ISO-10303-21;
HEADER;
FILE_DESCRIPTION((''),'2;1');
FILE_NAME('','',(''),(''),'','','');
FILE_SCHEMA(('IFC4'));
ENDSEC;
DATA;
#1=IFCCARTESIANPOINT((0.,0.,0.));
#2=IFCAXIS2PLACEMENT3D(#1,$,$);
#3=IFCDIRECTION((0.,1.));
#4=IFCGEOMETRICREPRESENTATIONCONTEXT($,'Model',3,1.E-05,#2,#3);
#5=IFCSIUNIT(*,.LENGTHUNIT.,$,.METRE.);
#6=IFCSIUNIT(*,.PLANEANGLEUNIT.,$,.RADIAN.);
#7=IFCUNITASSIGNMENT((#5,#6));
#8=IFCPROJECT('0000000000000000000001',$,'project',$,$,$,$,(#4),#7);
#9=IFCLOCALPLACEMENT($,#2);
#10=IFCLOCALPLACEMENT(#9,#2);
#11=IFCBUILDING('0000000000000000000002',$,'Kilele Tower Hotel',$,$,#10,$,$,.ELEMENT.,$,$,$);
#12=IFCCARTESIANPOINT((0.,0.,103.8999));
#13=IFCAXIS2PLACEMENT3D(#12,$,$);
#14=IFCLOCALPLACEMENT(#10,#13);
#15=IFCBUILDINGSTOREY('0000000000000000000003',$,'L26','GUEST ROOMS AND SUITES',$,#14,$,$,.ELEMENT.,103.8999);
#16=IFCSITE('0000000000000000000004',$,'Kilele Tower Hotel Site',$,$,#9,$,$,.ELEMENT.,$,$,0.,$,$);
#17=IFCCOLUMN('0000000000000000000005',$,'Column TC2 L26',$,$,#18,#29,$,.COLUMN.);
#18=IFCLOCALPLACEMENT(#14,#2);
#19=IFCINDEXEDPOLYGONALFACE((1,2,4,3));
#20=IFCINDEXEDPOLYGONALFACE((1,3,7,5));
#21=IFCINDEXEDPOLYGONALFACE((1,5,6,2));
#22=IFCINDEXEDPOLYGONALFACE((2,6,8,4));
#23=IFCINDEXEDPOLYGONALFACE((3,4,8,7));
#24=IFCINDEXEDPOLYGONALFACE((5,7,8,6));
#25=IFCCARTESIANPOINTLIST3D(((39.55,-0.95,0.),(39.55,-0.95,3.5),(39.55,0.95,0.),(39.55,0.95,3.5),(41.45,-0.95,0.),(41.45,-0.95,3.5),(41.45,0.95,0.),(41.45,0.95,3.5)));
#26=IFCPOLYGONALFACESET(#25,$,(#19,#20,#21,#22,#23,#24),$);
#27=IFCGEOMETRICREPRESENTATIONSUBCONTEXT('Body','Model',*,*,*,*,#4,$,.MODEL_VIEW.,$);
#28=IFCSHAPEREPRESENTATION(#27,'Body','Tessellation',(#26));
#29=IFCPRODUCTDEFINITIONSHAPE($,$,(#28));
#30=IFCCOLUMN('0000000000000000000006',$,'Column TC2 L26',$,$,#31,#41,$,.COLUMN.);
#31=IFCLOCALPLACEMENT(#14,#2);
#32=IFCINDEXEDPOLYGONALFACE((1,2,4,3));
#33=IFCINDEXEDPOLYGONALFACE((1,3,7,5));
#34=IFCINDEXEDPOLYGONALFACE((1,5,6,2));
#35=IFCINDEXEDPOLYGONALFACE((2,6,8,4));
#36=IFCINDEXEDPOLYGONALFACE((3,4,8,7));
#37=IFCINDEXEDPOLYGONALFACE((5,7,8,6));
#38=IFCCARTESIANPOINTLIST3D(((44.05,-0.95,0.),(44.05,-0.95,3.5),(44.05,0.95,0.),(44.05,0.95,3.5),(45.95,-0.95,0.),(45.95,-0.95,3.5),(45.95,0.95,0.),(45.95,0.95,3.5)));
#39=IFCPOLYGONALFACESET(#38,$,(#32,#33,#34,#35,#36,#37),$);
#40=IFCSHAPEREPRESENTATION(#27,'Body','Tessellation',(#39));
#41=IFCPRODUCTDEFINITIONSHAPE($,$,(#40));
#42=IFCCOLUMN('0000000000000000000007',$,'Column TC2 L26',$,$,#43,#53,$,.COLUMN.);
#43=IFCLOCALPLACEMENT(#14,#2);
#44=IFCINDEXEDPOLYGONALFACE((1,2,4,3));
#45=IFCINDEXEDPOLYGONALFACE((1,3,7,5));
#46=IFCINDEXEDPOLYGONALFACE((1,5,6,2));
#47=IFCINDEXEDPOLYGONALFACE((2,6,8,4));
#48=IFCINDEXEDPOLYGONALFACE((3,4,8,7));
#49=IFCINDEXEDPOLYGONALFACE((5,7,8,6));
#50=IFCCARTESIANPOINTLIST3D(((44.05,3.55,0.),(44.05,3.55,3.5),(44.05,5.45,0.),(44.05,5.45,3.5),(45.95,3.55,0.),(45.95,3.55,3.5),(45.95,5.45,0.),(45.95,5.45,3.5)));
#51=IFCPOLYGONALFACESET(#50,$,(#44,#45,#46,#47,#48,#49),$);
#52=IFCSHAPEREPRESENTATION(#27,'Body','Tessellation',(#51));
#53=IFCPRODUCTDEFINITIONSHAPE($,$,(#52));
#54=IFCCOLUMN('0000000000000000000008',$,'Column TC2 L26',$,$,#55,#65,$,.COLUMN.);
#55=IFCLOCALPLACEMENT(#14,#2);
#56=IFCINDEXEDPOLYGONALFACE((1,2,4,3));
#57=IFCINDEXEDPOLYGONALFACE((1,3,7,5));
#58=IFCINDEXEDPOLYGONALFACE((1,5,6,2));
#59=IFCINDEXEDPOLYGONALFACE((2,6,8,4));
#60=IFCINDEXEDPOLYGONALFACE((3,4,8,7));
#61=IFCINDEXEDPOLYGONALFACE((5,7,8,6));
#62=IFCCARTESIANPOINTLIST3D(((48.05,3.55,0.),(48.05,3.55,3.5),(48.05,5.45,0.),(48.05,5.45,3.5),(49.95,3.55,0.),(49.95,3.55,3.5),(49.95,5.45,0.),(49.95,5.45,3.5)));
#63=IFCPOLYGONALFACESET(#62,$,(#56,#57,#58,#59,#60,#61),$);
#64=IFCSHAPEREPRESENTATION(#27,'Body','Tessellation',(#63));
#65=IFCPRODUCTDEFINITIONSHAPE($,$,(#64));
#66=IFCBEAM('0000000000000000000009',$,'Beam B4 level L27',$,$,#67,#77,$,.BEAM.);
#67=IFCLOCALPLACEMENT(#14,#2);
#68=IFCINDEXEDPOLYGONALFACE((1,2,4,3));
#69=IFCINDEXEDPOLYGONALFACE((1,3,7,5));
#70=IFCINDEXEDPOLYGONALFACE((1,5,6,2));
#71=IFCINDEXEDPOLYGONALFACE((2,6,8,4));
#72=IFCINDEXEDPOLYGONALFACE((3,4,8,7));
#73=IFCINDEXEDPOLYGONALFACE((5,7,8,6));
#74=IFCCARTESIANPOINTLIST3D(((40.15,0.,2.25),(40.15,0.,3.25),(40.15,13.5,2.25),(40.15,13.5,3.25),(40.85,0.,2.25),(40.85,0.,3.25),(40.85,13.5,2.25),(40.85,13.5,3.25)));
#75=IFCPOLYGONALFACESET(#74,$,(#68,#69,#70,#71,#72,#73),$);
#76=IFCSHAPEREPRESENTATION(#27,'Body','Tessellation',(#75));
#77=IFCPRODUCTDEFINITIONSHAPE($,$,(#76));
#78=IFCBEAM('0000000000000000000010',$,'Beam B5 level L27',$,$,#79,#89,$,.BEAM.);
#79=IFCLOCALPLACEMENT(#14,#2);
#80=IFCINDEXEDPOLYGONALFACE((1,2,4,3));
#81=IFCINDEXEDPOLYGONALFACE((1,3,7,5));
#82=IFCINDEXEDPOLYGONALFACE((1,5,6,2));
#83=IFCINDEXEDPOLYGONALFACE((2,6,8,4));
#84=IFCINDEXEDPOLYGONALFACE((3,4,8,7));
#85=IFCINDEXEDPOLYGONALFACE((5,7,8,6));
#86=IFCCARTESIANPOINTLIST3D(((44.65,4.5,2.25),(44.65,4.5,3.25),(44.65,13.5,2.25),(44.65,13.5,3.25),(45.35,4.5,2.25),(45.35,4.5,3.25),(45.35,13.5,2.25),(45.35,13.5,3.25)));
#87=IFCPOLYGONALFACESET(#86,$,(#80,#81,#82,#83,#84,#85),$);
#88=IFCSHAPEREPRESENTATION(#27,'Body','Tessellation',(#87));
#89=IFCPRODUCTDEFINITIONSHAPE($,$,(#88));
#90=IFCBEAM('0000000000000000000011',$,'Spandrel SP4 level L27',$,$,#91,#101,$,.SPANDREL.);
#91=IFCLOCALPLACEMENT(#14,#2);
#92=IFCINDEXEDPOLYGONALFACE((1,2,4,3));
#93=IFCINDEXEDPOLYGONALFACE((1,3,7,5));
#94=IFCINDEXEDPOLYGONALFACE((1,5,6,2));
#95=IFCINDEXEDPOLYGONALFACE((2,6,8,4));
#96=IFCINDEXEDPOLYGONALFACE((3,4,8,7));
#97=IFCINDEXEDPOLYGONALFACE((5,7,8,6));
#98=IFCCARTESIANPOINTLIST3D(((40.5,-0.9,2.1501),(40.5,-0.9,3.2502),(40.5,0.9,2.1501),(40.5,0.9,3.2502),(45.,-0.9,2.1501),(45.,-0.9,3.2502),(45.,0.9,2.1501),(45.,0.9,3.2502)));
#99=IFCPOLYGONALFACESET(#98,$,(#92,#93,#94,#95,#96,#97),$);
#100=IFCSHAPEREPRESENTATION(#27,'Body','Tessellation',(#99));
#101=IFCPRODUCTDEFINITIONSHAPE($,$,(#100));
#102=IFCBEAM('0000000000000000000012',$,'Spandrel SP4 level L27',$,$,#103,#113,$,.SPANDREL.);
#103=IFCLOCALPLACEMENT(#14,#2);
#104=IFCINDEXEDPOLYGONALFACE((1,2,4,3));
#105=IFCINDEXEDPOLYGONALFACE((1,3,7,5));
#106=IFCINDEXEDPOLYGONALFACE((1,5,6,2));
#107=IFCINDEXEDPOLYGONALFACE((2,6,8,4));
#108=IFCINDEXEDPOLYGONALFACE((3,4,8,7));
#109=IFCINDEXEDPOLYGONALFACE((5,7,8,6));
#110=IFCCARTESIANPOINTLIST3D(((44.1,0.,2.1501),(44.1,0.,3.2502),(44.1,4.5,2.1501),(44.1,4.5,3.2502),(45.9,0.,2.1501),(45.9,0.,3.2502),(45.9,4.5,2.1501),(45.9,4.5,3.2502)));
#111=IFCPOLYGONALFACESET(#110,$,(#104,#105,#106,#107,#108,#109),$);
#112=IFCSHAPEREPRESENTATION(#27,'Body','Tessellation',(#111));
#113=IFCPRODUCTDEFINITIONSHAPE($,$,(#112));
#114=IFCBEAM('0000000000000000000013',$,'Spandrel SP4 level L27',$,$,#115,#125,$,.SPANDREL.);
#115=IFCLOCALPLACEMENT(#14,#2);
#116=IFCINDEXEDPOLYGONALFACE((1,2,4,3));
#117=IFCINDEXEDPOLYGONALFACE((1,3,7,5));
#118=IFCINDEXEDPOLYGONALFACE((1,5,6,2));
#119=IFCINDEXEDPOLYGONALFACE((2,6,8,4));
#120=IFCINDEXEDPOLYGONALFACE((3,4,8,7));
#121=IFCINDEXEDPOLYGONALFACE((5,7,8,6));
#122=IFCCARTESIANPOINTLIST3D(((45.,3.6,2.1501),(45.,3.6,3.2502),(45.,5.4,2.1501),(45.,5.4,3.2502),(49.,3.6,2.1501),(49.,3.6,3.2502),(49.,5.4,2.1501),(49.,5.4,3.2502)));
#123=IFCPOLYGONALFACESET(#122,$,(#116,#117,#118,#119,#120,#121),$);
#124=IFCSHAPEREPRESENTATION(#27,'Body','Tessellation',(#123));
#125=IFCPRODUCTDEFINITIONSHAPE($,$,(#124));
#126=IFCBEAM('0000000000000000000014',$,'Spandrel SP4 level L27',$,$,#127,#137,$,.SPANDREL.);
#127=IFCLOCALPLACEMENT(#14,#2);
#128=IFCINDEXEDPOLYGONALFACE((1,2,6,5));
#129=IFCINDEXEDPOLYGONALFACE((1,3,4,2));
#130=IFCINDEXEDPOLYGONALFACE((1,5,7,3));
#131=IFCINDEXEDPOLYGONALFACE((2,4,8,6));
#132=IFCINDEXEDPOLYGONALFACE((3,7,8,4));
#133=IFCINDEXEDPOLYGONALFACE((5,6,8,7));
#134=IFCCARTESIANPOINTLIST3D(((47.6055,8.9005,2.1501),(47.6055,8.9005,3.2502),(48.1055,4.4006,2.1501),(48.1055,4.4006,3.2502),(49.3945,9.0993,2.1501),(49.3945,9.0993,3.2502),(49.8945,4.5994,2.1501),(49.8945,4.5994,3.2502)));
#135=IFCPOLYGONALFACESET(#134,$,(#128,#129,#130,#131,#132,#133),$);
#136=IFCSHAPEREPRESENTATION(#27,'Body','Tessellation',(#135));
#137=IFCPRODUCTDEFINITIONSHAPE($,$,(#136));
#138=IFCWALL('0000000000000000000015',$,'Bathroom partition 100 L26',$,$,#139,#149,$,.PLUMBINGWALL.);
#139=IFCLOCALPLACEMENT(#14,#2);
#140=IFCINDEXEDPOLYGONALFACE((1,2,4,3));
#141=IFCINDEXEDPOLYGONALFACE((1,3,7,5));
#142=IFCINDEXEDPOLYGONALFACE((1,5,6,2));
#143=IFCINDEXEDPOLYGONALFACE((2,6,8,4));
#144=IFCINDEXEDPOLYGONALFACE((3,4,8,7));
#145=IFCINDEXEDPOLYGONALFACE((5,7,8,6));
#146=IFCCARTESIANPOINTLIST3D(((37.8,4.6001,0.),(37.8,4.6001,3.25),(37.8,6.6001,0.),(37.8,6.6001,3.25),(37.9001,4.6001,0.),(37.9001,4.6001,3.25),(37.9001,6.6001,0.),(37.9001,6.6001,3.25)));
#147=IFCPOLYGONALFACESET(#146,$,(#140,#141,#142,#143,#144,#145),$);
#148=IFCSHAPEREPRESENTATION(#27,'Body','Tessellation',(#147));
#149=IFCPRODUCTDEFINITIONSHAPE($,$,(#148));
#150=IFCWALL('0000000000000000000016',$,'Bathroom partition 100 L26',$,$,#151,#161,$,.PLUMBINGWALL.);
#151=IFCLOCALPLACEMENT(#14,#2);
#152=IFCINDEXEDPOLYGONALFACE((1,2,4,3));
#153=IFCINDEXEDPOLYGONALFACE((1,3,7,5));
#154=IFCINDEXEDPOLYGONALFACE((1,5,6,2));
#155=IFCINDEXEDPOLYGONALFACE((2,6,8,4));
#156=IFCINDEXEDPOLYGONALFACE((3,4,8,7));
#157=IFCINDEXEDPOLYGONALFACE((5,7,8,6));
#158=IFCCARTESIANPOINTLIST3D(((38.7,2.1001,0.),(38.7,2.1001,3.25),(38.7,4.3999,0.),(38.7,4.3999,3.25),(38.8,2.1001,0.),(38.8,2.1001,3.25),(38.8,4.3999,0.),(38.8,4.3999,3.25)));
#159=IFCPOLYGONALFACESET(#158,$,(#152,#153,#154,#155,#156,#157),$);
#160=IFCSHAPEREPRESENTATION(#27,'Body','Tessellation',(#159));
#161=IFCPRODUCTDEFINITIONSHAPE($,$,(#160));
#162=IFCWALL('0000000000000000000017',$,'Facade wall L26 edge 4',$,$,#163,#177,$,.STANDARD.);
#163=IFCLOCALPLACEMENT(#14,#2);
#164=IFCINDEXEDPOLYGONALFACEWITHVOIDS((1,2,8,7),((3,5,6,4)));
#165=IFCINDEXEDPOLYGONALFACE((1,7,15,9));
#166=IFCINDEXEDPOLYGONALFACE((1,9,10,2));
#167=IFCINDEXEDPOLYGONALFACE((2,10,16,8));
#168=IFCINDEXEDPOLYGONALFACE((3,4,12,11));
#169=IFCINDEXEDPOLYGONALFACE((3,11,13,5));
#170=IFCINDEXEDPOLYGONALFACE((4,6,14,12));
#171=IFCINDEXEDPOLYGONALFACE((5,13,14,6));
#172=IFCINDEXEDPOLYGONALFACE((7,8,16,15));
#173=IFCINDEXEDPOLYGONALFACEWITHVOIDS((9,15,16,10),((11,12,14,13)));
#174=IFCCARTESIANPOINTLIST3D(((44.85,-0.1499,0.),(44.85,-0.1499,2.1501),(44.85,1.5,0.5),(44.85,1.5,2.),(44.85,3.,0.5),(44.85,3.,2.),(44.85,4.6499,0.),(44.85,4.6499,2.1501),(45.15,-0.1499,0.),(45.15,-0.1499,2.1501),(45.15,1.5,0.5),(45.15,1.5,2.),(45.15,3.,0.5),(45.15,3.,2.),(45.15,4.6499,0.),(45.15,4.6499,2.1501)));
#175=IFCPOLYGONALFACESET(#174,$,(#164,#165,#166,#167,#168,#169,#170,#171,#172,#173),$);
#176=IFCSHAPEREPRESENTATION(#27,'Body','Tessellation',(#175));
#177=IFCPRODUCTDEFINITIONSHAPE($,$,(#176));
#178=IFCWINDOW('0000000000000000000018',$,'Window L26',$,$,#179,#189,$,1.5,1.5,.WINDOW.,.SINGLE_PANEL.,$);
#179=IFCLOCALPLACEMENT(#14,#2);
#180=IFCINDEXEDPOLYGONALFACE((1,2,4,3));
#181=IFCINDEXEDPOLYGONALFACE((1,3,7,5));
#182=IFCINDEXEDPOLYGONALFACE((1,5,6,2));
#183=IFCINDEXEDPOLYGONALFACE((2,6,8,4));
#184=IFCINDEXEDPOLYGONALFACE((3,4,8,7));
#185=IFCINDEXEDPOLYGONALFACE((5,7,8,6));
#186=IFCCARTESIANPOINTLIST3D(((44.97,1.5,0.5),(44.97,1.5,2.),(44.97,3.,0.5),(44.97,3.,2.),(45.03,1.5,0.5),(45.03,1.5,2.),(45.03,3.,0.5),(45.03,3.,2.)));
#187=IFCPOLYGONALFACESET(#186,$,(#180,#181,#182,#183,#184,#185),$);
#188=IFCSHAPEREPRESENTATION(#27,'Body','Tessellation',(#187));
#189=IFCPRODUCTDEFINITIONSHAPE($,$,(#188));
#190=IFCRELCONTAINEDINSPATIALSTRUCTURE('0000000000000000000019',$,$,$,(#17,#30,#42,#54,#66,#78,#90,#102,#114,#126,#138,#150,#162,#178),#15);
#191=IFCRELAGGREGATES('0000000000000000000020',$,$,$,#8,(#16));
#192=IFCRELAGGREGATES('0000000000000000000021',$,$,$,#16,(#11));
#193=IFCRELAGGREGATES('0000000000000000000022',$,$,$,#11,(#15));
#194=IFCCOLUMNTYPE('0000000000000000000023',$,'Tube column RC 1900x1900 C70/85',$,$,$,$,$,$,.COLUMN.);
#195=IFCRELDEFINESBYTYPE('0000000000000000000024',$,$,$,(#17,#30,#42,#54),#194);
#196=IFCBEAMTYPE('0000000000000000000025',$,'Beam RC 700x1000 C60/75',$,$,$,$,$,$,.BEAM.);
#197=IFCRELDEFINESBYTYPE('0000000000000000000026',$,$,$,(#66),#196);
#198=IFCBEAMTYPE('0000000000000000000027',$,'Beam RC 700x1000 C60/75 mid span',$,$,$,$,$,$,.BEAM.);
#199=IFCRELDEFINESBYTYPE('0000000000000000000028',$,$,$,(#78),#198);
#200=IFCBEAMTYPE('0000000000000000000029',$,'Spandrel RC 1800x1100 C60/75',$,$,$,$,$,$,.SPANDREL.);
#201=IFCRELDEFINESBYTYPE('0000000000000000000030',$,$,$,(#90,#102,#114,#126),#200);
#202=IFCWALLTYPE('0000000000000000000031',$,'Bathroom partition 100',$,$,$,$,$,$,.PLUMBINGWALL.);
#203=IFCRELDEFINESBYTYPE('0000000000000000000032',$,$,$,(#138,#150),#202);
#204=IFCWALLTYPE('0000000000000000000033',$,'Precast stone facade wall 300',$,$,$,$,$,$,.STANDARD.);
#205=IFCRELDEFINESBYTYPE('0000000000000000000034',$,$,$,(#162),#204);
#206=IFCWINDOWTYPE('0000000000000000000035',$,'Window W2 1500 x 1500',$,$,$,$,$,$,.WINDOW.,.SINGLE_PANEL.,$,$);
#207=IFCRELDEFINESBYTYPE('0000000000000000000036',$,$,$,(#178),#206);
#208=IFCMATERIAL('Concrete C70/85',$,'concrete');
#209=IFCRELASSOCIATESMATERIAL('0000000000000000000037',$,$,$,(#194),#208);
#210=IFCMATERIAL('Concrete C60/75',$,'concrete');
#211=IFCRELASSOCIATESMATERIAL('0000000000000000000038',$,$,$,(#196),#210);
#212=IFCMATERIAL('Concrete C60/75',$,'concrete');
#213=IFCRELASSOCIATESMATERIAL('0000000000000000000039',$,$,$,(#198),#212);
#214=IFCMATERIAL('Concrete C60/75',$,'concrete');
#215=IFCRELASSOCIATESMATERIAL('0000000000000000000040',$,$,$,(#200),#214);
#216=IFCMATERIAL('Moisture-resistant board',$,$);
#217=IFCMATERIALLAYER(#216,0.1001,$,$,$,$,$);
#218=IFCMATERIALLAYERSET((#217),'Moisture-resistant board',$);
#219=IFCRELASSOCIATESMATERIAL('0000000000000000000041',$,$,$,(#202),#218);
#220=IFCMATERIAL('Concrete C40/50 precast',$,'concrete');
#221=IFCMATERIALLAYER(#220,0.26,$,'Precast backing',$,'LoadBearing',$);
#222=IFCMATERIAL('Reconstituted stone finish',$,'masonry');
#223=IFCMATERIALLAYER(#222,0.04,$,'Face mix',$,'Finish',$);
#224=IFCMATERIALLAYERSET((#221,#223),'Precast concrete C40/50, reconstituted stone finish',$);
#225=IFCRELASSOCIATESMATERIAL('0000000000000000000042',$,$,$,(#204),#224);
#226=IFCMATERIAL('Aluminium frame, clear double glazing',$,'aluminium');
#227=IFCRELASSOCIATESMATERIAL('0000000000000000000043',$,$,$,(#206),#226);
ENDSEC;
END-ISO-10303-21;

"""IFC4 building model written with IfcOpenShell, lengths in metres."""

from ifc_helpers import new_model, si_unit, direction, frame, frame_2d, origin, origin_2d, place, context, subcontext, project, spatial, rectangle, extrude, material, layer, layer_set, material_profile, profile_set, type_object, element, fill, save


model = new_model("IFC4")

# Units and contexts
model_context = context("Model", 3, precision=1e-05, world=origin(), true_north=direction((0.0, 1.0)))
body_context = subcontext(model_context, "Body", "Model", "MODEL_VIEW")
ifc_project = project(units=[si_unit("LENGTHUNIT", "METRE"), si_unit("PLANEANGLEUNIT", "RADIAN")], contexts=[model_context])

# Site, building, storey
site_placement = place(None, origin())
site = spatial("IfcSite", under=ifc_project, at=site_placement, Name="Kilele Tower Hotel Site", CompositionType="ELEMENT", RefElevation=0.0)
building_placement = place(site_placement, origin())
building = spatial("IfcBuilding", under=site, at=building_placement, Name="Kilele Tower Hotel", CompositionType="ELEMENT")
storey_placement = place(building_placement, frame((0.0, 0.0, 103.8999)))
storey = spatial("IfcBuildingStorey", under=building, at=storey_placement, Name="L26", Description="GUEST ROOMS AND SUITES", CompositionType="ELEMENT", Elevation=103.8999)

# Columns
ifc_material_1 = material(Name="Concrete C70/85", Category="concrete")
ifc_material_profile_1 = material_profile(ifc_material_1, rectangle(XDim=1.8999, YDim=1.8999, at=origin_2d()))
ifc_profile_set_1 = profile_set([ifc_material_profile_1], Name="Concrete C70/85")
column_type = type_object("IfcColumnType", Name="Tube column RC 1900x1900 C70/85", PredefinedType="COLUMN", material=ifc_profile_set_1)
for number, where, z_axis, x_axis, name in (
    (1, (40.5, 0.0, 0.0), (0.0, 0.0, 1.0), (1.0, 0.0, 0.0), "Column TC2 L26"),
    (2, (45.0, 0.0, 0.0), (0.0, 0.0, 1.0), (1.0, 0.0, 0.0), "Column TC2 L26"),
    (3, (45.0, 4.5, 0.0), (0.0, 0.0, 1.0), (1.0, 0.0, 0.0), "Column TC2 L26"),
    (4, (49.0, 4.5, 0.0), (0.0, 0.0, 1.0), (1.0, 0.0, 0.0), "Column TC2 L26"),
):
    element("IfcColumn", number, at=place(storey_placement, frame(where, z_axis=z_axis, x_axis=x_axis)), inside=storey, type_object=column_type, Name=name, PredefinedType="COLUMN", context=body_context, shape_type="SweptSolid", body=[
        extrude(rectangle(XDim=1.8999, YDim=1.8999, at=origin_2d()), origin(), (0.0, 0.0, 1.0), 3.5),
    ])

# Beams
ifc_material_2 = material(Name="Concrete C60/75", Category="concrete")
ifc_material_profile_2 = material_profile(ifc_material_2, rectangle(XDim=0.7, YDim=1.0, at=origin_2d()))
ifc_profile_set_2 = profile_set([ifc_material_profile_2], Name="Concrete C60/75")
beam_type_1 = type_object("IfcBeamType", Name="Beam RC 700x1000 C60/75", PredefinedType="BEAM", material=ifc_profile_set_2)
beam_1_placement = place(storey_placement, frame((40.5, 0.0, 2.75), z_axis=(0.0, 1.0, 0.0), x_axis=(-1.0, 0.0, 0.0)))
element("IfcBeam", 5, at=beam_1_placement, inside=storey, type_object=beam_type_1, Name="Beam B4 level L27", PredefinedType="BEAM", context=body_context, shape_type="SweptSolid", body=[
    extrude(rectangle(XDim=0.7, YDim=1.0, at=origin_2d()), origin(), (0.0, 0.0, 1.0), 13.5),
])
ifc_material_3 = material(Name="Concrete C60/75", Category="concrete")
ifc_material_profile_3 = material_profile(ifc_material_3, rectangle(XDim=0.7, YDim=1.0, at=origin_2d()))
ifc_profile_set_3 = profile_set([ifc_material_profile_3], Name="Concrete C60/75")
beam_type_2 = type_object("IfcBeamType", Name="Beam RC 700x1000 C60/75 mid span", PredefinedType="BEAM", material=ifc_profile_set_3)
beam_2_placement = place(storey_placement, frame((45.0, 4.5, 2.75), z_axis=(0.0, 1.0, 0.0), x_axis=(-1.0, 0.0, 0.0)))
element("IfcBeam", 6, at=beam_2_placement, inside=storey, type_object=beam_type_2, Name="Beam B5 level L27", PredefinedType="BEAM", context=body_context, shape_type="SweptSolid", body=[
    extrude(rectangle(XDim=0.7, YDim=1.0, at=origin_2d()), origin(), (0.0, 0.0, 1.0), 9.0),
])
ifc_material_4 = material(Name="Concrete C60/75", Category="concrete")
ifc_material_profile_4 = material_profile(ifc_material_4, rectangle(XDim=1.8, YDim=1.1001, at=origin_2d()))
ifc_profile_set_4 = profile_set([ifc_material_profile_4], Name="Concrete C60/75")
beam_type_3 = type_object("IfcBeamType", Name="Spandrel RC 1800x1100 C60/75", PredefinedType="SPANDREL", material=ifc_profile_set_4)
for number, where, z_axis, x_axis, name in (
    (7, (40.5, 0.0, 2.7002), (1.0, 0.0, 0.0), (0.0, 1.0, 0.0), "Spandrel SP4 level L27"),
    (8, (45.0, 0.0, 2.7002), (0.0, 1.0, 0.0), (-1.0, 0.0, 0.0), "Spandrel SP4 level L27"),
):
    element("IfcBeam", number, at=place(storey_placement, frame(where, z_axis=z_axis, x_axis=x_axis)), inside=storey, type_object=beam_type_3, Name=name, PredefinedType="SPANDREL", context=body_context, shape_type="SweptSolid", body=[
        extrude(rectangle(XDim=1.8, YDim=1.1001, at=origin_2d()), origin(), (0.0, 0.0, 1.0), 4.5),
    ])
beam_3_placement = place(storey_placement, frame((45.0, 4.5, 2.7002), z_axis=(1.0, 0.0, 0.0), x_axis=(0.0, 1.0, 0.0)))
element("IfcBeam", 9, at=beam_3_placement, inside=storey, type_object=beam_type_3, Name="Spandrel SP4 level L27", PredefinedType="SPANDREL", context=body_context, shape_type="SweptSolid", body=[
    extrude(rectangle(XDim=1.8, YDim=1.1001, at=origin_2d()), origin(), (0.0, 0.0, 1.0), 4.0),
])
beam_4_placement = place(storey_placement, frame((49.0, 4.5, 2.7002), z_axis=(-0.110432, 0.993884, 0.0), x_axis=(-0.993884, -0.110432, 0.0)))
element("IfcBeam", 10, at=beam_4_placement, inside=storey, type_object=beam_type_3, Name="Spandrel SP4 level L27", PredefinedType="SPANDREL", context=body_context, shape_type="SweptSolid", body=[
    extrude(rectangle(XDim=1.8, YDim=1.1001, at=origin_2d()), origin(), (0.0, 0.0, 1.0), 4.5276),
])

# Walls
ifc_material_5 = material(Name="Moisture-resistant board")
ifc_layer_1 = layer(ifc_material_5, 0.1001)
ifc_layer_set_1 = layer_set([ifc_layer_1], Name="Moisture-resistant board")
wall_type_1 = type_object("IfcWallType", Name="Bathroom partition 100", PredefinedType="PLUMBINGWALL", material=ifc_layer_set_1)
wall_1_placement = place(storey_placement, frame((37.8501, 4.6001, 0.0), z_axis=(0.0, 0.0, 1.0), x_axis=(0.0, 1.0, 0.0)))
element("IfcWall", 11, at=wall_1_placement, inside=storey, type_object=wall_type_1, Name="Bathroom partition 100 L26", PredefinedType="PLUMBINGWALL", context=body_context, shape_type="SweptSolid", body=[
    extrude(rectangle(XDim=2.0, YDim=0.1001, at=frame_2d((1.0, 0.0))), origin(), (0.0, 0.0, 1.0), 3.25),
])
wall_2_placement = place(storey_placement, frame((38.75, 4.3999, 0.0), z_axis=(0.0, 0.0, 1.0), x_axis=(0.0, -1.0, 0.0)))
element("IfcWall", 12, at=wall_2_placement, inside=storey, type_object=wall_type_1, Name="Bathroom partition 100 L26", PredefinedType="PLUMBINGWALL", context=body_context, shape_type="SweptSolid", body=[
    extrude(rectangle(XDim=2.2998, YDim=0.1001, at=frame_2d((1.1499, 0.0))), origin(), (0.0, 0.0, 1.0), 3.25),
])

# Wall, opening, window
ifc_material_6 = material(Name="Concrete C40/50 precast", Category="concrete")
ifc_layer_2 = layer(ifc_material_6, 0.26, Name="Precast backing", Category="LoadBearing")
ifc_material_7 = material(Name="Reconstituted stone finish", Category="masonry")
ifc_layer_3 = layer(ifc_material_7, 0.04, Name="Face mix", Category="Finish")
ifc_layer_set_2 = layer_set([ifc_layer_2, ifc_layer_3], Name="Precast concrete C40/50, reconstituted stone finish")
wall_type_2 = type_object("IfcWallType", Name="Precast stone facade wall 300", PredefinedType="STANDARD", material=ifc_layer_set_2)
wall_3_placement = place(storey_placement, frame((45.0, -0.1499, 0.0), z_axis=(0.0, 0.0, 1.0), x_axis=(0.0, 1.0, 0.0)))
wall_3 = element("IfcWall", 13, at=wall_3_placement, inside=storey, type_object=wall_type_2, Name="Facade wall L26 edge 4", PredefinedType="STANDARD", context=body_context, shape_type="SweptSolid", body=[
    extrude(rectangle(XDim=4.7998, YDim=0.3, at=frame_2d((2.3999, 0.0))), origin(), (0.0, 0.0, 1.0), 2.1501),
])
opening_1_placement = place(wall_3_placement, frame((1.6499, 0.0, 0.5)))
opening_1 = element("IfcOpeningElement", 14, at=opening_1_placement, cuts=wall_3, PredefinedType="OPENING", context=body_context, shape_type="SweptSolid", body=[
    extrude(rectangle(XDim=1.5, YDim=1.5, at=frame_2d((0.75, 0.75))), frame((0.0, 0.1599, 0.0), z_axis=(0.0, -1.0, 0.0), x_axis=(1.0, 0.0, 0.0)), (0.0, 0.0, 1.0), 0.3201),
])
ifc_material_8 = material(Name="Aluminium frame, clear double glazing", Category="aluminium")
window_type = type_object("IfcWindowType", Name="Window W2 1500 x 1500", PartitioningType="SINGLE_PANEL", PredefinedType="WINDOW", material=ifc_material_8)
window_1_placement = place(opening_1_placement, origin())
window_1 = element("IfcWindow", 15, at=window_1_placement, inside=storey, type_object=window_type, Name="Window L26", OverallHeight=1.5, OverallWidth=1.5, PartitioningType="SINGLE_PANEL", PredefinedType="WINDOW", context=body_context, shape_type="SweptSolid", body=[
    extrude(rectangle(XDim=1.5, YDim=1.5, at=frame_2d((0.75, 0.75))), frame((0.0, 0.03, 0.0), z_axis=(0.0, -1.0, 0.0), x_axis=(1.0, 0.0, 0.0)), (0.0, 0.0, 1.0), 0.0601),
])
fill(opening_1, window_1)

save(model, "model.ifc")
